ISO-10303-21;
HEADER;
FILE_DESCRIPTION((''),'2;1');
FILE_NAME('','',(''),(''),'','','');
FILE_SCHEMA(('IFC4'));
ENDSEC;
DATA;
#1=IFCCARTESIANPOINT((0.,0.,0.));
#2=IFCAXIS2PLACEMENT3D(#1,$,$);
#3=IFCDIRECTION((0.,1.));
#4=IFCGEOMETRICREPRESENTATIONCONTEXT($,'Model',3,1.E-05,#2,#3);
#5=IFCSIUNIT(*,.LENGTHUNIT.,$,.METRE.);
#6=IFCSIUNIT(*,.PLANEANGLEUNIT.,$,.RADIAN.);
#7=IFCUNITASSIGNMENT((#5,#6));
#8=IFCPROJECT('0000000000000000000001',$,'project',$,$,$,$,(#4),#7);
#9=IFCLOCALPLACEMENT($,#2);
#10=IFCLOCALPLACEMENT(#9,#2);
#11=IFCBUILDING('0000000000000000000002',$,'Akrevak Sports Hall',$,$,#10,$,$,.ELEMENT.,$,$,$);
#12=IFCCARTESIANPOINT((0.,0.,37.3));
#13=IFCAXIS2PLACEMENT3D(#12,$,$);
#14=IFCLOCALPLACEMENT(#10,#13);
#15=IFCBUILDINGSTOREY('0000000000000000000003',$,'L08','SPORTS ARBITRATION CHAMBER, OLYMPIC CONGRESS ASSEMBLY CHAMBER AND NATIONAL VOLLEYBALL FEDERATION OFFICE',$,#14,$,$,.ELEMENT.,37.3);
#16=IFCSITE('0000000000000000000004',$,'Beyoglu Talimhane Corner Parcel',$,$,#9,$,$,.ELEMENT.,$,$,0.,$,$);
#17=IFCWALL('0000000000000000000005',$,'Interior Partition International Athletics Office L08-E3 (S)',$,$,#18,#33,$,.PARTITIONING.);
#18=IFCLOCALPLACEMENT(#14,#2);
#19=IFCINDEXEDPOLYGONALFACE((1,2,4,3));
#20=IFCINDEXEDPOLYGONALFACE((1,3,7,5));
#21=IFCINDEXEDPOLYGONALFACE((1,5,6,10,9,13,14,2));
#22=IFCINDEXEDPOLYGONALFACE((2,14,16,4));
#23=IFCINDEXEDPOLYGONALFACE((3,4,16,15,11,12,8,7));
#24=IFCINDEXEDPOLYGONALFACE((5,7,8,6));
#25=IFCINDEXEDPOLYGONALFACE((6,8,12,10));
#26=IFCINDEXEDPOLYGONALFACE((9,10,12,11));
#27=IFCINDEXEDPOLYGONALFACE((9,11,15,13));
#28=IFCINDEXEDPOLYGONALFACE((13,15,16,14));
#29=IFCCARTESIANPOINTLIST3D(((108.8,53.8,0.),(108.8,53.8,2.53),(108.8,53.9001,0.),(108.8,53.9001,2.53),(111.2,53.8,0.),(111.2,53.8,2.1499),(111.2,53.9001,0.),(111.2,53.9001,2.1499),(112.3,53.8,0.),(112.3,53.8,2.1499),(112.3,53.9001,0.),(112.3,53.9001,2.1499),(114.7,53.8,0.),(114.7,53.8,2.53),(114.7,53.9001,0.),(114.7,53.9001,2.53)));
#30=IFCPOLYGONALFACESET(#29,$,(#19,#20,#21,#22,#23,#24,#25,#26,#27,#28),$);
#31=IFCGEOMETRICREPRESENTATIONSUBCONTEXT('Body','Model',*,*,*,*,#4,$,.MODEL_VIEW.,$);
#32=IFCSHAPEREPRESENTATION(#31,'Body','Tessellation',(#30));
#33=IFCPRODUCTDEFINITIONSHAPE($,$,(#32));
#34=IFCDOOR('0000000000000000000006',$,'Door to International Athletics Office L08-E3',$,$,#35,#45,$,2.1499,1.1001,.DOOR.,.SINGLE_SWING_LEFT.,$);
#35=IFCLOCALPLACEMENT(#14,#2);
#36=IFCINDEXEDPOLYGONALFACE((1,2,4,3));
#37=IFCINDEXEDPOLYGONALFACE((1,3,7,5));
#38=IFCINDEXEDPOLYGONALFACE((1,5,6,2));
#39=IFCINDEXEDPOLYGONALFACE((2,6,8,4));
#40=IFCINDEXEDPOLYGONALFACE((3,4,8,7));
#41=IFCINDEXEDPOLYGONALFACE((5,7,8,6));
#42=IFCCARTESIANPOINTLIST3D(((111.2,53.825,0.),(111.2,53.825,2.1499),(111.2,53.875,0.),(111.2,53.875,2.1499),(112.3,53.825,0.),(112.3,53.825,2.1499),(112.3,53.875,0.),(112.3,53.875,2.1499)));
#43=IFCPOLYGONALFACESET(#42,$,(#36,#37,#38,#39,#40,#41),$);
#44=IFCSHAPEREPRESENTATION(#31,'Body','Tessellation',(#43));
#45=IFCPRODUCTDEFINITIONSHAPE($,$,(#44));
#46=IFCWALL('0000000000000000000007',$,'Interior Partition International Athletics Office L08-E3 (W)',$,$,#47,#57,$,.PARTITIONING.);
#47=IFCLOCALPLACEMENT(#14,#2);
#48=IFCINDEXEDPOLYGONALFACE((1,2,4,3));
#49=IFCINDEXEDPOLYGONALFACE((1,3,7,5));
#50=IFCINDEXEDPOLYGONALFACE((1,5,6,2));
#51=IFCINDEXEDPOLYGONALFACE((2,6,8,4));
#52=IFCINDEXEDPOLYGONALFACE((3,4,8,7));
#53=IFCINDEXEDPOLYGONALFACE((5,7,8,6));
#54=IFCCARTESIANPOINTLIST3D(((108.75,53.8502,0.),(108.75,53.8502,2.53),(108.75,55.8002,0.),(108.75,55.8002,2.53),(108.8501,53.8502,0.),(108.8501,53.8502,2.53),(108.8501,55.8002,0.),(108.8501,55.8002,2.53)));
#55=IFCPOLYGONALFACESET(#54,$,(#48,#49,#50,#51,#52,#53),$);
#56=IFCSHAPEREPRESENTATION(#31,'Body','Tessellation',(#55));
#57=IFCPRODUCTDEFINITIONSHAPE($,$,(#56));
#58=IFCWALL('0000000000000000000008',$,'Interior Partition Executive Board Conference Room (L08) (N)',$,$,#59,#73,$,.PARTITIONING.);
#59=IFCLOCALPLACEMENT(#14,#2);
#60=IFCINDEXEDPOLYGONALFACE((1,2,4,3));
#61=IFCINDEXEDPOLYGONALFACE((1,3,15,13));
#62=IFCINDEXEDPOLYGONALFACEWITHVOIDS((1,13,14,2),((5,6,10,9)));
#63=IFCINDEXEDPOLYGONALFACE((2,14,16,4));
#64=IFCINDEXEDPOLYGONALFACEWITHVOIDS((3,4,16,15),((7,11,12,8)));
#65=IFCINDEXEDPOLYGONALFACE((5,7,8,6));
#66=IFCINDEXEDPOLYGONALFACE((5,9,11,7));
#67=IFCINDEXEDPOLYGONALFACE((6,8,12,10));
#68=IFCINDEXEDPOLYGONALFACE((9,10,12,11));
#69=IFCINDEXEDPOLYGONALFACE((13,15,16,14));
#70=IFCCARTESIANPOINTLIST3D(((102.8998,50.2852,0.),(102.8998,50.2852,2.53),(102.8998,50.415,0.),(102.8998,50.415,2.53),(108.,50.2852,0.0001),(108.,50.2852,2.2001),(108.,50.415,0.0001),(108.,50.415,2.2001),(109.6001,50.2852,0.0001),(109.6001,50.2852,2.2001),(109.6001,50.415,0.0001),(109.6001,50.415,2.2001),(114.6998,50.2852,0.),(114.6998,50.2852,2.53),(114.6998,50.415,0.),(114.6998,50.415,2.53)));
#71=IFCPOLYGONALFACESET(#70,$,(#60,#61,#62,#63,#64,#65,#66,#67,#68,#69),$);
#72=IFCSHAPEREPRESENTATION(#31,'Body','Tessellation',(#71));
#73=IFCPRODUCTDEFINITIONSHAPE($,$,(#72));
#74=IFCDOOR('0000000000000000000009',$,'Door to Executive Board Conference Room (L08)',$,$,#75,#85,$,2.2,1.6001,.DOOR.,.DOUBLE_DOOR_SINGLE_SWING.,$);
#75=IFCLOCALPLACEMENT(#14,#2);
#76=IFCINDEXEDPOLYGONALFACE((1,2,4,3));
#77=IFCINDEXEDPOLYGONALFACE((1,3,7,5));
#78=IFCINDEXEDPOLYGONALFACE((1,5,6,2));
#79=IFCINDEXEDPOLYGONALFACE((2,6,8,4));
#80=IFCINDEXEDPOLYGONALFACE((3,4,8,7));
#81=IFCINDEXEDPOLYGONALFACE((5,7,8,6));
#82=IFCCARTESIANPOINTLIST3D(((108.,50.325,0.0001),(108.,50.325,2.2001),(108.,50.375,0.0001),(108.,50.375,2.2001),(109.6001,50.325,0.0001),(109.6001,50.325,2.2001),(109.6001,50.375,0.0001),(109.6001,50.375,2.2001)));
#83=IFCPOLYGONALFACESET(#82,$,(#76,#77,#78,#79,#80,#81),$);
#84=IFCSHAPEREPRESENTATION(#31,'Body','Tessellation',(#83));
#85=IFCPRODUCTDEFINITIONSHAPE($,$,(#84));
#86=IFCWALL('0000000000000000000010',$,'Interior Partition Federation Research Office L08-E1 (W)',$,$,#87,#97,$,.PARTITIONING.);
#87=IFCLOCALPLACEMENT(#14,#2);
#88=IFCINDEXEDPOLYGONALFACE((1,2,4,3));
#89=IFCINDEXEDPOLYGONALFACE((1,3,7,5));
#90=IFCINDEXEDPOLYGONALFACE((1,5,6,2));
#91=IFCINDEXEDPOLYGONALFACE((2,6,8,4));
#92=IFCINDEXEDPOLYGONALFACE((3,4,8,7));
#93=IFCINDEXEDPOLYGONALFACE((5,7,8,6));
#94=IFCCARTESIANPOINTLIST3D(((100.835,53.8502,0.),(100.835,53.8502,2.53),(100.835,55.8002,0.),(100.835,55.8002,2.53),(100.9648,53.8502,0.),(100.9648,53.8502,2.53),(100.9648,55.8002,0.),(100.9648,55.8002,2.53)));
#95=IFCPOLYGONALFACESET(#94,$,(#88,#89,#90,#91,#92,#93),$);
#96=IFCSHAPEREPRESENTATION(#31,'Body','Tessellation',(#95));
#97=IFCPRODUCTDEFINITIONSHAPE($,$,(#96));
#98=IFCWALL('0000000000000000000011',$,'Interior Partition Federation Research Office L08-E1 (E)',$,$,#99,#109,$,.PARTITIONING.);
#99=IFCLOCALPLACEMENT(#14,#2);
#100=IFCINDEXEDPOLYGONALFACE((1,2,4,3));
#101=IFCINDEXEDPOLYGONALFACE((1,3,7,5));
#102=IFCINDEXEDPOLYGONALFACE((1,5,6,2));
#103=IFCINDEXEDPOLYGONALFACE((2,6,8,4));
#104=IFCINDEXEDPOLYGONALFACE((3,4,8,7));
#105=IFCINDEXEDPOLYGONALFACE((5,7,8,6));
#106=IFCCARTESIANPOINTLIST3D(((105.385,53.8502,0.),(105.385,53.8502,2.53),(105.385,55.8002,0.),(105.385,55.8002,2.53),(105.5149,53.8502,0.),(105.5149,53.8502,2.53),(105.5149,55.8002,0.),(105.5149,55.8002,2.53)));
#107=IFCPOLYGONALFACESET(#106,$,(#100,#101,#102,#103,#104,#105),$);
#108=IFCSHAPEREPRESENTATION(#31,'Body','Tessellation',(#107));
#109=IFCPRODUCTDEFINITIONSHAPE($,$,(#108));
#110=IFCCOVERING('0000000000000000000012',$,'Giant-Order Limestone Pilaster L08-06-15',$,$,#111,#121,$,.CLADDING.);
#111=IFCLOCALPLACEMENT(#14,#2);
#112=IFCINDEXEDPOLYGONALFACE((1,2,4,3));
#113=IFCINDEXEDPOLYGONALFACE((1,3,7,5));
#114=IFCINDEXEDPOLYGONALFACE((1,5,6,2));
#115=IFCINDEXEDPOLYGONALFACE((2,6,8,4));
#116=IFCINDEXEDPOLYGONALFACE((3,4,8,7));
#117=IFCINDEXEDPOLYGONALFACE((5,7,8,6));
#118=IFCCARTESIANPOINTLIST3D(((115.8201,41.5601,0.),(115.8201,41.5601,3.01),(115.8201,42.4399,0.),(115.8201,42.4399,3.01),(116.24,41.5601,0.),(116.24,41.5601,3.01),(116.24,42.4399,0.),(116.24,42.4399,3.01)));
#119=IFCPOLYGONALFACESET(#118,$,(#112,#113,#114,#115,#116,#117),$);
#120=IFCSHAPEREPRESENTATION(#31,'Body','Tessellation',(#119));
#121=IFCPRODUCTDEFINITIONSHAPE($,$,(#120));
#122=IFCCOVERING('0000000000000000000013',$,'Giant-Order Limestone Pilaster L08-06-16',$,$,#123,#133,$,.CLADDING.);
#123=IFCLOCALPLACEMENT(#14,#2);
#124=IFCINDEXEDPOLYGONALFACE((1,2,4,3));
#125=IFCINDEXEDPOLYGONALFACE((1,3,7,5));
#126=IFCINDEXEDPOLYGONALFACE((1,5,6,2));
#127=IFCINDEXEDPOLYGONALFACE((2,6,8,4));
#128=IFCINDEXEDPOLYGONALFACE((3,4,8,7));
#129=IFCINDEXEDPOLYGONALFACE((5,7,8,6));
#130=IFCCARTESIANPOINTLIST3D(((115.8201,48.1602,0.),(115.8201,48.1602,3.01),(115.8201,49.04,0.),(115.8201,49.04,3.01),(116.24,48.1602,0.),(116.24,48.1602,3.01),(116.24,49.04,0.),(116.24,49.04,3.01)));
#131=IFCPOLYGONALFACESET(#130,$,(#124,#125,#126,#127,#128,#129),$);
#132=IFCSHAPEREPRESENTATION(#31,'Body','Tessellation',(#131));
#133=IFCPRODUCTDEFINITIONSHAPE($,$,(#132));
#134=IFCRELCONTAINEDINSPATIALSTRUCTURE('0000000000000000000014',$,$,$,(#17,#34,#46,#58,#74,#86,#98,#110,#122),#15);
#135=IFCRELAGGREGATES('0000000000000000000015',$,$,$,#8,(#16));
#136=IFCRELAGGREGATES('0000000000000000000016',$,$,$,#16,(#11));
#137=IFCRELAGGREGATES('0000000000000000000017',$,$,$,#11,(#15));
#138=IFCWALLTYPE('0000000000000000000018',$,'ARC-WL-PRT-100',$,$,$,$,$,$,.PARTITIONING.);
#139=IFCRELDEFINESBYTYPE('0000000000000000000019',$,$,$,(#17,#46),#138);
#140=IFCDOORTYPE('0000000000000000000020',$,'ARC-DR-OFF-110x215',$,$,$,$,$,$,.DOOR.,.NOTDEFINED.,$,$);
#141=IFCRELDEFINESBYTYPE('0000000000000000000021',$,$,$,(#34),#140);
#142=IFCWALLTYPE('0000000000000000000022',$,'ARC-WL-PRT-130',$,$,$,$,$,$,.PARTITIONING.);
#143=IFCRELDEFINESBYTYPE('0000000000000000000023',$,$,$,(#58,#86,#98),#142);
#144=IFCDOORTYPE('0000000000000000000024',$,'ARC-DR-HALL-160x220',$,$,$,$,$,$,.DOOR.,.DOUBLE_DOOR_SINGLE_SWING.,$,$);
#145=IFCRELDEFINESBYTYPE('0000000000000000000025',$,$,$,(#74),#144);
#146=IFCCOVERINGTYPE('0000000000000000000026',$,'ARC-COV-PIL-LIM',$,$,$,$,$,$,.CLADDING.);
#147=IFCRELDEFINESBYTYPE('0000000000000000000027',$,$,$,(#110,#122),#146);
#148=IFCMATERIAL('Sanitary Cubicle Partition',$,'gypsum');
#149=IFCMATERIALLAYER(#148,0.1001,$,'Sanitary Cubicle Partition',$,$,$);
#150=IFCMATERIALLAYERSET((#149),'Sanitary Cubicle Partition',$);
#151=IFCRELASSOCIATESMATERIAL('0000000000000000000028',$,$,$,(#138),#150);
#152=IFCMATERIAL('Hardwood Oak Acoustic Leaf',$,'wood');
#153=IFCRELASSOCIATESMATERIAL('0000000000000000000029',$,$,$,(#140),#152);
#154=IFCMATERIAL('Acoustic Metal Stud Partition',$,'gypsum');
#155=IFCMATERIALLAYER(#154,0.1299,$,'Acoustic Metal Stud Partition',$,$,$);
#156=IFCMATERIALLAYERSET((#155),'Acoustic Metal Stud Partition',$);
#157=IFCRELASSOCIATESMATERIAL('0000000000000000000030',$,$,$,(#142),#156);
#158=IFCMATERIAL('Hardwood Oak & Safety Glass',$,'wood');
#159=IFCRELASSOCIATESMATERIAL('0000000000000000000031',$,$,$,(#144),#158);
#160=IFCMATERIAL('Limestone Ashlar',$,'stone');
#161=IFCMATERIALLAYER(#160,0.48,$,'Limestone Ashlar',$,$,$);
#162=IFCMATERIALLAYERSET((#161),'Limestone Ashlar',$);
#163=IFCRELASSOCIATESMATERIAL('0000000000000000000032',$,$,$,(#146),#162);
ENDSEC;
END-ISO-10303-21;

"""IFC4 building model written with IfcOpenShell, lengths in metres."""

from ifc_helpers import new_model, si_unit, direction, frame, frame_2d, origin, origin_2d, place, context, subcontext, project, spatial, rectangle, extrude, material, layer, layer_set, type_object, element, fill, save


model = new_model("IFC4")

# Units and contexts
model_context = context("Model", 3, precision=1e-05, world=origin(), true_north=direction((0.0, 1.0)))
body_context = subcontext(model_context, "Body", "Model", "MODEL_VIEW")
ifc_project = project(units=[si_unit("LENGTHUNIT", "METRE"), si_unit("PLANEANGLEUNIT", "RADIAN")], contexts=[model_context])

# Site, building, storey
site_placement = place(None, origin())
site = spatial("IfcSite", under=ifc_project, at=site_placement, Name="Beyoglu Talimhane Corner Parcel", CompositionType="ELEMENT", RefElevation=0.0)
building_placement = place(site_placement, origin())
building = spatial("IfcBuilding", under=site, at=building_placement, Name="Akrevak Sports Hall", CompositionType="ELEMENT")
storey_placement = place(building_placement, frame((0.0, 0.0, 37.3)))
storey = spatial("IfcBuildingStorey", under=building, at=storey_placement, Name="L08", Description="SPORTS ARBITRATION CHAMBER, OLYMPIC CONGRESS ASSEMBLY CHAMBER AND NATIONAL VOLLEYBALL FEDERATION OFFICE", CompositionType="ELEMENT", Elevation=37.3)

# Wall, opening, door
ifc_material_1 = material(Name="Sanitary Cubicle Partition", Category="gypsum")
ifc_layer_1 = layer(ifc_material_1, 0.1001, Name="Sanitary Cubicle Partition")
ifc_layer_set_1 = layer_set([ifc_layer_1], Name="Sanitary Cubicle Partition")
wall_type_1 = type_object("IfcWallType", Name="ARC-WL-PRT-100", PredefinedType="PARTITIONING", material=ifc_layer_set_1)
wall_1_placement = place(storey_placement, frame((108.8, 53.8501, 0.0), z_axis=(0.0, 0.0, 1.0), x_axis=(1.0, 0.0, 0.0)))
wall_1 = element("IfcWall", 1, at=wall_1_placement, inside=storey, type_object=wall_type_1, Name="Interior Partition International Athletics Office L08-E3 (S)", PredefinedType="PARTITIONING", context=body_context, shape_type="SweptSolid", body=[
    extrude(rectangle(XDim=5.8999, YDim=0.1001, at=frame_2d((2.95, 0.0))), origin(), (0.0, 0.0, 1.0), 2.53),
])
opening_1_placement = place(wall_1_placement, frame((2.3999, 0.0, 0.0)))
opening_1 = element("IfcOpeningElement", 2, at=opening_1_placement, cuts=wall_1, PredefinedType="OPENING", context=body_context, shape_type="SweptSolid", body=[
    extrude(rectangle(XDim=1.1001, YDim=2.1499, at=frame_2d((0.55, 1.075))), frame((0.0, 0.062, 0.0), z_axis=(0.0, -1.0, 0.0), x_axis=(1.0, 0.0, 0.0)), (0.0, 0.0, 1.0), 0.124),
])
ifc_material_2 = material(Name="Hardwood Oak Acoustic Leaf", Category="wood")
door_type_1 = type_object("IfcDoorType", Name="ARC-DR-OFF-110x215", OperationType="NOTDEFINED", PredefinedType="DOOR", material=ifc_material_2)
door_1_placement = place(opening_1_placement, origin())
door_1 = element("IfcDoor", 3, at=door_1_placement, inside=storey, type_object=door_type_1, Name="Door to International Athletics Office L08-E3", OperationType="SINGLE_SWING_LEFT", OverallHeight=2.1499, OverallWidth=1.1001, PredefinedType="DOOR", context=body_context, shape_type="SweptSolid", body=[
    extrude(rectangle(XDim=1.1001, YDim=2.1499, at=frame_2d((0.55, 1.075))), frame((0.0, 0.0249, 0.0), z_axis=(0.0, -1.0, 0.0), x_axis=(1.0, 0.0, 0.0)), (0.0, 0.0, 1.0), 0.05),
])
fill(opening_1, door_1)

# Wall
wall_2_placement = place(storey_placement, frame((108.8, 53.8501, 0.0), z_axis=(0.0, 0.0, 1.0), x_axis=(0.0, 1.0, 0.0)))
element("IfcWall", 4, at=wall_2_placement, inside=storey, type_object=wall_type_1, Name="Interior Partition International Athletics Office L08-E3 (W)", PredefinedType="PARTITIONING", context=body_context, shape_type="SweptSolid", body=[
    extrude(rectangle(XDim=1.95, YDim=0.1001, at=frame_2d((0.9751, 0.0))), origin(), (0.0, 0.0, 1.0), 2.53),
])

# Wall, opening, door
ifc_material_3 = material(Name="Acoustic Metal Stud Partition", Category="gypsum")
ifc_layer_2 = layer(ifc_material_3, 0.1299, Name="Acoustic Metal Stud Partition")
ifc_layer_set_2 = layer_set([ifc_layer_2], Name="Acoustic Metal Stud Partition")
wall_type_2 = type_object("IfcWallType", Name="ARC-WL-PRT-130", PredefinedType="PARTITIONING", material=ifc_layer_set_2)
wall_3_placement = place(storey_placement, frame((102.8999, 50.3501, 0.0), z_axis=(0.0, 0.0, 1.0), x_axis=(1.0, 0.0, 0.0)))
wall_3 = element("IfcWall", 5, at=wall_3_placement, inside=storey, type_object=wall_type_2, Name="Interior Partition Executive Board Conference Room (L08) (N)", PredefinedType="PARTITIONING", context=body_context, shape_type="SweptSolid", body=[
    extrude(rectangle(XDim=11.8, YDim=0.1299, at=frame_2d((5.8999, 0.0))), origin(), (0.0, 0.0, 1.0), 2.53),
])
opening_2_placement = place(wall_3_placement, frame((5.1001, 0.0, 0.0)))
opening_2 = element("IfcOpeningElement", 6, at=opening_2_placement, cuts=wall_3, PredefinedType="OPENING", context=body_context, shape_type="SweptSolid", body=[
    extrude(rectangle(XDim=1.6001, YDim=2.2, at=frame_2d((0.8, 1.1001))), frame((0.0, 0.0769, 0.0), z_axis=(0.0, -1.0, 0.0), x_axis=(1.0, 0.0, 0.0)), (0.0, 0.0, 1.0), 0.1538),
])
ifc_material_4 = material(Name="Hardwood Oak & Safety Glass", Category="wood")
door_type_2 = type_object("IfcDoorType", Name="ARC-DR-HALL-160x220", OperationType="DOUBLE_DOOR_SINGLE_SWING", PredefinedType="DOOR", material=ifc_material_4)
door_2_placement = place(opening_2_placement, origin())
door_2 = element("IfcDoor", 7, at=door_2_placement, inside=storey, type_object=door_type_2, Name="Door to Executive Board Conference Room (L08)", OperationType="DOUBLE_DOOR_SINGLE_SWING", OverallHeight=2.2, OverallWidth=1.6001, PredefinedType="DOOR", context=body_context, shape_type="SweptSolid", body=[
    extrude(rectangle(XDim=1.6001, YDim=2.2, at=frame_2d((0.8, 1.1001))), frame((0.0, 0.0249, 0.0), z_axis=(0.0, -1.0, 0.0), x_axis=(1.0, 0.0, 0.0)), (0.0, 0.0, 1.0), 0.05),
])
fill(opening_2, door_2)

# Walls
for number, where, z_axis, x_axis, name in (
    (8, (100.8999, 53.8501, 0.0), (0.0, 0.0, 1.0), (0.0, 1.0, 0.0), "Interior Partition Federation Research Office L08-E1 (W)"),
    (9, (105.45, 53.8501, 0.0), (0.0, 0.0, 1.0), (0.0, 1.0, 0.0), "Interior Partition Federation Research Office L08-E1 (E)"),
):
    element("IfcWall", number, at=place(storey_placement, frame(where, z_axis=z_axis, x_axis=x_axis)), inside=storey, type_object=wall_type_2, Name=name, PredefinedType="PARTITIONING", context=body_context, shape_type="SweptSolid", body=[
        extrude(rectangle(XDim=1.95, YDim=0.1299, at=frame_2d((0.9751, 0.0))), origin(), (0.0, 0.0, 1.0), 2.53),
    ])

# Coverings
ifc_material_5 = material(Name="Limestone Ashlar", Category="stone")
ifc_layer_3 = layer(ifc_material_5, 0.48, Name="Limestone Ashlar")
ifc_layer_set_3 = layer_set([ifc_layer_3], Name="Limestone Ashlar")
covering_type = type_object("IfcCoveringType", Name="ARC-COV-PIL-LIM", PredefinedType="CLADDING", material=ifc_layer_set_3)
for number, where, z_axis, x_axis, name in (
    (10, (116.03, 42.0, 0.0), (0.0, 0.0, 1.0), (0.0, 1.0, 0.0), "Giant-Order Limestone Pilaster L08-06-15"),
    (11, (116.03, 48.6001, 0.0), (0.0, 0.0, 1.0), (0.0, 1.0, 0.0), "Giant-Order Limestone Pilaster L08-06-16"),
):
    element("IfcCovering", number, at=place(storey_placement, frame(where, z_axis=z_axis, x_axis=x_axis)), inside=storey, type_object=covering_type, Name=name, PredefinedType="CLADDING", context=body_context, shape_type="SweptSolid", body=[
        extrude(rectangle(XDim=0.8799, YDim=0.4199, at=origin_2d()), origin(), (0.0, 0.0, 1.0), 3.01),
    ])

save(model, "model.ifc")
